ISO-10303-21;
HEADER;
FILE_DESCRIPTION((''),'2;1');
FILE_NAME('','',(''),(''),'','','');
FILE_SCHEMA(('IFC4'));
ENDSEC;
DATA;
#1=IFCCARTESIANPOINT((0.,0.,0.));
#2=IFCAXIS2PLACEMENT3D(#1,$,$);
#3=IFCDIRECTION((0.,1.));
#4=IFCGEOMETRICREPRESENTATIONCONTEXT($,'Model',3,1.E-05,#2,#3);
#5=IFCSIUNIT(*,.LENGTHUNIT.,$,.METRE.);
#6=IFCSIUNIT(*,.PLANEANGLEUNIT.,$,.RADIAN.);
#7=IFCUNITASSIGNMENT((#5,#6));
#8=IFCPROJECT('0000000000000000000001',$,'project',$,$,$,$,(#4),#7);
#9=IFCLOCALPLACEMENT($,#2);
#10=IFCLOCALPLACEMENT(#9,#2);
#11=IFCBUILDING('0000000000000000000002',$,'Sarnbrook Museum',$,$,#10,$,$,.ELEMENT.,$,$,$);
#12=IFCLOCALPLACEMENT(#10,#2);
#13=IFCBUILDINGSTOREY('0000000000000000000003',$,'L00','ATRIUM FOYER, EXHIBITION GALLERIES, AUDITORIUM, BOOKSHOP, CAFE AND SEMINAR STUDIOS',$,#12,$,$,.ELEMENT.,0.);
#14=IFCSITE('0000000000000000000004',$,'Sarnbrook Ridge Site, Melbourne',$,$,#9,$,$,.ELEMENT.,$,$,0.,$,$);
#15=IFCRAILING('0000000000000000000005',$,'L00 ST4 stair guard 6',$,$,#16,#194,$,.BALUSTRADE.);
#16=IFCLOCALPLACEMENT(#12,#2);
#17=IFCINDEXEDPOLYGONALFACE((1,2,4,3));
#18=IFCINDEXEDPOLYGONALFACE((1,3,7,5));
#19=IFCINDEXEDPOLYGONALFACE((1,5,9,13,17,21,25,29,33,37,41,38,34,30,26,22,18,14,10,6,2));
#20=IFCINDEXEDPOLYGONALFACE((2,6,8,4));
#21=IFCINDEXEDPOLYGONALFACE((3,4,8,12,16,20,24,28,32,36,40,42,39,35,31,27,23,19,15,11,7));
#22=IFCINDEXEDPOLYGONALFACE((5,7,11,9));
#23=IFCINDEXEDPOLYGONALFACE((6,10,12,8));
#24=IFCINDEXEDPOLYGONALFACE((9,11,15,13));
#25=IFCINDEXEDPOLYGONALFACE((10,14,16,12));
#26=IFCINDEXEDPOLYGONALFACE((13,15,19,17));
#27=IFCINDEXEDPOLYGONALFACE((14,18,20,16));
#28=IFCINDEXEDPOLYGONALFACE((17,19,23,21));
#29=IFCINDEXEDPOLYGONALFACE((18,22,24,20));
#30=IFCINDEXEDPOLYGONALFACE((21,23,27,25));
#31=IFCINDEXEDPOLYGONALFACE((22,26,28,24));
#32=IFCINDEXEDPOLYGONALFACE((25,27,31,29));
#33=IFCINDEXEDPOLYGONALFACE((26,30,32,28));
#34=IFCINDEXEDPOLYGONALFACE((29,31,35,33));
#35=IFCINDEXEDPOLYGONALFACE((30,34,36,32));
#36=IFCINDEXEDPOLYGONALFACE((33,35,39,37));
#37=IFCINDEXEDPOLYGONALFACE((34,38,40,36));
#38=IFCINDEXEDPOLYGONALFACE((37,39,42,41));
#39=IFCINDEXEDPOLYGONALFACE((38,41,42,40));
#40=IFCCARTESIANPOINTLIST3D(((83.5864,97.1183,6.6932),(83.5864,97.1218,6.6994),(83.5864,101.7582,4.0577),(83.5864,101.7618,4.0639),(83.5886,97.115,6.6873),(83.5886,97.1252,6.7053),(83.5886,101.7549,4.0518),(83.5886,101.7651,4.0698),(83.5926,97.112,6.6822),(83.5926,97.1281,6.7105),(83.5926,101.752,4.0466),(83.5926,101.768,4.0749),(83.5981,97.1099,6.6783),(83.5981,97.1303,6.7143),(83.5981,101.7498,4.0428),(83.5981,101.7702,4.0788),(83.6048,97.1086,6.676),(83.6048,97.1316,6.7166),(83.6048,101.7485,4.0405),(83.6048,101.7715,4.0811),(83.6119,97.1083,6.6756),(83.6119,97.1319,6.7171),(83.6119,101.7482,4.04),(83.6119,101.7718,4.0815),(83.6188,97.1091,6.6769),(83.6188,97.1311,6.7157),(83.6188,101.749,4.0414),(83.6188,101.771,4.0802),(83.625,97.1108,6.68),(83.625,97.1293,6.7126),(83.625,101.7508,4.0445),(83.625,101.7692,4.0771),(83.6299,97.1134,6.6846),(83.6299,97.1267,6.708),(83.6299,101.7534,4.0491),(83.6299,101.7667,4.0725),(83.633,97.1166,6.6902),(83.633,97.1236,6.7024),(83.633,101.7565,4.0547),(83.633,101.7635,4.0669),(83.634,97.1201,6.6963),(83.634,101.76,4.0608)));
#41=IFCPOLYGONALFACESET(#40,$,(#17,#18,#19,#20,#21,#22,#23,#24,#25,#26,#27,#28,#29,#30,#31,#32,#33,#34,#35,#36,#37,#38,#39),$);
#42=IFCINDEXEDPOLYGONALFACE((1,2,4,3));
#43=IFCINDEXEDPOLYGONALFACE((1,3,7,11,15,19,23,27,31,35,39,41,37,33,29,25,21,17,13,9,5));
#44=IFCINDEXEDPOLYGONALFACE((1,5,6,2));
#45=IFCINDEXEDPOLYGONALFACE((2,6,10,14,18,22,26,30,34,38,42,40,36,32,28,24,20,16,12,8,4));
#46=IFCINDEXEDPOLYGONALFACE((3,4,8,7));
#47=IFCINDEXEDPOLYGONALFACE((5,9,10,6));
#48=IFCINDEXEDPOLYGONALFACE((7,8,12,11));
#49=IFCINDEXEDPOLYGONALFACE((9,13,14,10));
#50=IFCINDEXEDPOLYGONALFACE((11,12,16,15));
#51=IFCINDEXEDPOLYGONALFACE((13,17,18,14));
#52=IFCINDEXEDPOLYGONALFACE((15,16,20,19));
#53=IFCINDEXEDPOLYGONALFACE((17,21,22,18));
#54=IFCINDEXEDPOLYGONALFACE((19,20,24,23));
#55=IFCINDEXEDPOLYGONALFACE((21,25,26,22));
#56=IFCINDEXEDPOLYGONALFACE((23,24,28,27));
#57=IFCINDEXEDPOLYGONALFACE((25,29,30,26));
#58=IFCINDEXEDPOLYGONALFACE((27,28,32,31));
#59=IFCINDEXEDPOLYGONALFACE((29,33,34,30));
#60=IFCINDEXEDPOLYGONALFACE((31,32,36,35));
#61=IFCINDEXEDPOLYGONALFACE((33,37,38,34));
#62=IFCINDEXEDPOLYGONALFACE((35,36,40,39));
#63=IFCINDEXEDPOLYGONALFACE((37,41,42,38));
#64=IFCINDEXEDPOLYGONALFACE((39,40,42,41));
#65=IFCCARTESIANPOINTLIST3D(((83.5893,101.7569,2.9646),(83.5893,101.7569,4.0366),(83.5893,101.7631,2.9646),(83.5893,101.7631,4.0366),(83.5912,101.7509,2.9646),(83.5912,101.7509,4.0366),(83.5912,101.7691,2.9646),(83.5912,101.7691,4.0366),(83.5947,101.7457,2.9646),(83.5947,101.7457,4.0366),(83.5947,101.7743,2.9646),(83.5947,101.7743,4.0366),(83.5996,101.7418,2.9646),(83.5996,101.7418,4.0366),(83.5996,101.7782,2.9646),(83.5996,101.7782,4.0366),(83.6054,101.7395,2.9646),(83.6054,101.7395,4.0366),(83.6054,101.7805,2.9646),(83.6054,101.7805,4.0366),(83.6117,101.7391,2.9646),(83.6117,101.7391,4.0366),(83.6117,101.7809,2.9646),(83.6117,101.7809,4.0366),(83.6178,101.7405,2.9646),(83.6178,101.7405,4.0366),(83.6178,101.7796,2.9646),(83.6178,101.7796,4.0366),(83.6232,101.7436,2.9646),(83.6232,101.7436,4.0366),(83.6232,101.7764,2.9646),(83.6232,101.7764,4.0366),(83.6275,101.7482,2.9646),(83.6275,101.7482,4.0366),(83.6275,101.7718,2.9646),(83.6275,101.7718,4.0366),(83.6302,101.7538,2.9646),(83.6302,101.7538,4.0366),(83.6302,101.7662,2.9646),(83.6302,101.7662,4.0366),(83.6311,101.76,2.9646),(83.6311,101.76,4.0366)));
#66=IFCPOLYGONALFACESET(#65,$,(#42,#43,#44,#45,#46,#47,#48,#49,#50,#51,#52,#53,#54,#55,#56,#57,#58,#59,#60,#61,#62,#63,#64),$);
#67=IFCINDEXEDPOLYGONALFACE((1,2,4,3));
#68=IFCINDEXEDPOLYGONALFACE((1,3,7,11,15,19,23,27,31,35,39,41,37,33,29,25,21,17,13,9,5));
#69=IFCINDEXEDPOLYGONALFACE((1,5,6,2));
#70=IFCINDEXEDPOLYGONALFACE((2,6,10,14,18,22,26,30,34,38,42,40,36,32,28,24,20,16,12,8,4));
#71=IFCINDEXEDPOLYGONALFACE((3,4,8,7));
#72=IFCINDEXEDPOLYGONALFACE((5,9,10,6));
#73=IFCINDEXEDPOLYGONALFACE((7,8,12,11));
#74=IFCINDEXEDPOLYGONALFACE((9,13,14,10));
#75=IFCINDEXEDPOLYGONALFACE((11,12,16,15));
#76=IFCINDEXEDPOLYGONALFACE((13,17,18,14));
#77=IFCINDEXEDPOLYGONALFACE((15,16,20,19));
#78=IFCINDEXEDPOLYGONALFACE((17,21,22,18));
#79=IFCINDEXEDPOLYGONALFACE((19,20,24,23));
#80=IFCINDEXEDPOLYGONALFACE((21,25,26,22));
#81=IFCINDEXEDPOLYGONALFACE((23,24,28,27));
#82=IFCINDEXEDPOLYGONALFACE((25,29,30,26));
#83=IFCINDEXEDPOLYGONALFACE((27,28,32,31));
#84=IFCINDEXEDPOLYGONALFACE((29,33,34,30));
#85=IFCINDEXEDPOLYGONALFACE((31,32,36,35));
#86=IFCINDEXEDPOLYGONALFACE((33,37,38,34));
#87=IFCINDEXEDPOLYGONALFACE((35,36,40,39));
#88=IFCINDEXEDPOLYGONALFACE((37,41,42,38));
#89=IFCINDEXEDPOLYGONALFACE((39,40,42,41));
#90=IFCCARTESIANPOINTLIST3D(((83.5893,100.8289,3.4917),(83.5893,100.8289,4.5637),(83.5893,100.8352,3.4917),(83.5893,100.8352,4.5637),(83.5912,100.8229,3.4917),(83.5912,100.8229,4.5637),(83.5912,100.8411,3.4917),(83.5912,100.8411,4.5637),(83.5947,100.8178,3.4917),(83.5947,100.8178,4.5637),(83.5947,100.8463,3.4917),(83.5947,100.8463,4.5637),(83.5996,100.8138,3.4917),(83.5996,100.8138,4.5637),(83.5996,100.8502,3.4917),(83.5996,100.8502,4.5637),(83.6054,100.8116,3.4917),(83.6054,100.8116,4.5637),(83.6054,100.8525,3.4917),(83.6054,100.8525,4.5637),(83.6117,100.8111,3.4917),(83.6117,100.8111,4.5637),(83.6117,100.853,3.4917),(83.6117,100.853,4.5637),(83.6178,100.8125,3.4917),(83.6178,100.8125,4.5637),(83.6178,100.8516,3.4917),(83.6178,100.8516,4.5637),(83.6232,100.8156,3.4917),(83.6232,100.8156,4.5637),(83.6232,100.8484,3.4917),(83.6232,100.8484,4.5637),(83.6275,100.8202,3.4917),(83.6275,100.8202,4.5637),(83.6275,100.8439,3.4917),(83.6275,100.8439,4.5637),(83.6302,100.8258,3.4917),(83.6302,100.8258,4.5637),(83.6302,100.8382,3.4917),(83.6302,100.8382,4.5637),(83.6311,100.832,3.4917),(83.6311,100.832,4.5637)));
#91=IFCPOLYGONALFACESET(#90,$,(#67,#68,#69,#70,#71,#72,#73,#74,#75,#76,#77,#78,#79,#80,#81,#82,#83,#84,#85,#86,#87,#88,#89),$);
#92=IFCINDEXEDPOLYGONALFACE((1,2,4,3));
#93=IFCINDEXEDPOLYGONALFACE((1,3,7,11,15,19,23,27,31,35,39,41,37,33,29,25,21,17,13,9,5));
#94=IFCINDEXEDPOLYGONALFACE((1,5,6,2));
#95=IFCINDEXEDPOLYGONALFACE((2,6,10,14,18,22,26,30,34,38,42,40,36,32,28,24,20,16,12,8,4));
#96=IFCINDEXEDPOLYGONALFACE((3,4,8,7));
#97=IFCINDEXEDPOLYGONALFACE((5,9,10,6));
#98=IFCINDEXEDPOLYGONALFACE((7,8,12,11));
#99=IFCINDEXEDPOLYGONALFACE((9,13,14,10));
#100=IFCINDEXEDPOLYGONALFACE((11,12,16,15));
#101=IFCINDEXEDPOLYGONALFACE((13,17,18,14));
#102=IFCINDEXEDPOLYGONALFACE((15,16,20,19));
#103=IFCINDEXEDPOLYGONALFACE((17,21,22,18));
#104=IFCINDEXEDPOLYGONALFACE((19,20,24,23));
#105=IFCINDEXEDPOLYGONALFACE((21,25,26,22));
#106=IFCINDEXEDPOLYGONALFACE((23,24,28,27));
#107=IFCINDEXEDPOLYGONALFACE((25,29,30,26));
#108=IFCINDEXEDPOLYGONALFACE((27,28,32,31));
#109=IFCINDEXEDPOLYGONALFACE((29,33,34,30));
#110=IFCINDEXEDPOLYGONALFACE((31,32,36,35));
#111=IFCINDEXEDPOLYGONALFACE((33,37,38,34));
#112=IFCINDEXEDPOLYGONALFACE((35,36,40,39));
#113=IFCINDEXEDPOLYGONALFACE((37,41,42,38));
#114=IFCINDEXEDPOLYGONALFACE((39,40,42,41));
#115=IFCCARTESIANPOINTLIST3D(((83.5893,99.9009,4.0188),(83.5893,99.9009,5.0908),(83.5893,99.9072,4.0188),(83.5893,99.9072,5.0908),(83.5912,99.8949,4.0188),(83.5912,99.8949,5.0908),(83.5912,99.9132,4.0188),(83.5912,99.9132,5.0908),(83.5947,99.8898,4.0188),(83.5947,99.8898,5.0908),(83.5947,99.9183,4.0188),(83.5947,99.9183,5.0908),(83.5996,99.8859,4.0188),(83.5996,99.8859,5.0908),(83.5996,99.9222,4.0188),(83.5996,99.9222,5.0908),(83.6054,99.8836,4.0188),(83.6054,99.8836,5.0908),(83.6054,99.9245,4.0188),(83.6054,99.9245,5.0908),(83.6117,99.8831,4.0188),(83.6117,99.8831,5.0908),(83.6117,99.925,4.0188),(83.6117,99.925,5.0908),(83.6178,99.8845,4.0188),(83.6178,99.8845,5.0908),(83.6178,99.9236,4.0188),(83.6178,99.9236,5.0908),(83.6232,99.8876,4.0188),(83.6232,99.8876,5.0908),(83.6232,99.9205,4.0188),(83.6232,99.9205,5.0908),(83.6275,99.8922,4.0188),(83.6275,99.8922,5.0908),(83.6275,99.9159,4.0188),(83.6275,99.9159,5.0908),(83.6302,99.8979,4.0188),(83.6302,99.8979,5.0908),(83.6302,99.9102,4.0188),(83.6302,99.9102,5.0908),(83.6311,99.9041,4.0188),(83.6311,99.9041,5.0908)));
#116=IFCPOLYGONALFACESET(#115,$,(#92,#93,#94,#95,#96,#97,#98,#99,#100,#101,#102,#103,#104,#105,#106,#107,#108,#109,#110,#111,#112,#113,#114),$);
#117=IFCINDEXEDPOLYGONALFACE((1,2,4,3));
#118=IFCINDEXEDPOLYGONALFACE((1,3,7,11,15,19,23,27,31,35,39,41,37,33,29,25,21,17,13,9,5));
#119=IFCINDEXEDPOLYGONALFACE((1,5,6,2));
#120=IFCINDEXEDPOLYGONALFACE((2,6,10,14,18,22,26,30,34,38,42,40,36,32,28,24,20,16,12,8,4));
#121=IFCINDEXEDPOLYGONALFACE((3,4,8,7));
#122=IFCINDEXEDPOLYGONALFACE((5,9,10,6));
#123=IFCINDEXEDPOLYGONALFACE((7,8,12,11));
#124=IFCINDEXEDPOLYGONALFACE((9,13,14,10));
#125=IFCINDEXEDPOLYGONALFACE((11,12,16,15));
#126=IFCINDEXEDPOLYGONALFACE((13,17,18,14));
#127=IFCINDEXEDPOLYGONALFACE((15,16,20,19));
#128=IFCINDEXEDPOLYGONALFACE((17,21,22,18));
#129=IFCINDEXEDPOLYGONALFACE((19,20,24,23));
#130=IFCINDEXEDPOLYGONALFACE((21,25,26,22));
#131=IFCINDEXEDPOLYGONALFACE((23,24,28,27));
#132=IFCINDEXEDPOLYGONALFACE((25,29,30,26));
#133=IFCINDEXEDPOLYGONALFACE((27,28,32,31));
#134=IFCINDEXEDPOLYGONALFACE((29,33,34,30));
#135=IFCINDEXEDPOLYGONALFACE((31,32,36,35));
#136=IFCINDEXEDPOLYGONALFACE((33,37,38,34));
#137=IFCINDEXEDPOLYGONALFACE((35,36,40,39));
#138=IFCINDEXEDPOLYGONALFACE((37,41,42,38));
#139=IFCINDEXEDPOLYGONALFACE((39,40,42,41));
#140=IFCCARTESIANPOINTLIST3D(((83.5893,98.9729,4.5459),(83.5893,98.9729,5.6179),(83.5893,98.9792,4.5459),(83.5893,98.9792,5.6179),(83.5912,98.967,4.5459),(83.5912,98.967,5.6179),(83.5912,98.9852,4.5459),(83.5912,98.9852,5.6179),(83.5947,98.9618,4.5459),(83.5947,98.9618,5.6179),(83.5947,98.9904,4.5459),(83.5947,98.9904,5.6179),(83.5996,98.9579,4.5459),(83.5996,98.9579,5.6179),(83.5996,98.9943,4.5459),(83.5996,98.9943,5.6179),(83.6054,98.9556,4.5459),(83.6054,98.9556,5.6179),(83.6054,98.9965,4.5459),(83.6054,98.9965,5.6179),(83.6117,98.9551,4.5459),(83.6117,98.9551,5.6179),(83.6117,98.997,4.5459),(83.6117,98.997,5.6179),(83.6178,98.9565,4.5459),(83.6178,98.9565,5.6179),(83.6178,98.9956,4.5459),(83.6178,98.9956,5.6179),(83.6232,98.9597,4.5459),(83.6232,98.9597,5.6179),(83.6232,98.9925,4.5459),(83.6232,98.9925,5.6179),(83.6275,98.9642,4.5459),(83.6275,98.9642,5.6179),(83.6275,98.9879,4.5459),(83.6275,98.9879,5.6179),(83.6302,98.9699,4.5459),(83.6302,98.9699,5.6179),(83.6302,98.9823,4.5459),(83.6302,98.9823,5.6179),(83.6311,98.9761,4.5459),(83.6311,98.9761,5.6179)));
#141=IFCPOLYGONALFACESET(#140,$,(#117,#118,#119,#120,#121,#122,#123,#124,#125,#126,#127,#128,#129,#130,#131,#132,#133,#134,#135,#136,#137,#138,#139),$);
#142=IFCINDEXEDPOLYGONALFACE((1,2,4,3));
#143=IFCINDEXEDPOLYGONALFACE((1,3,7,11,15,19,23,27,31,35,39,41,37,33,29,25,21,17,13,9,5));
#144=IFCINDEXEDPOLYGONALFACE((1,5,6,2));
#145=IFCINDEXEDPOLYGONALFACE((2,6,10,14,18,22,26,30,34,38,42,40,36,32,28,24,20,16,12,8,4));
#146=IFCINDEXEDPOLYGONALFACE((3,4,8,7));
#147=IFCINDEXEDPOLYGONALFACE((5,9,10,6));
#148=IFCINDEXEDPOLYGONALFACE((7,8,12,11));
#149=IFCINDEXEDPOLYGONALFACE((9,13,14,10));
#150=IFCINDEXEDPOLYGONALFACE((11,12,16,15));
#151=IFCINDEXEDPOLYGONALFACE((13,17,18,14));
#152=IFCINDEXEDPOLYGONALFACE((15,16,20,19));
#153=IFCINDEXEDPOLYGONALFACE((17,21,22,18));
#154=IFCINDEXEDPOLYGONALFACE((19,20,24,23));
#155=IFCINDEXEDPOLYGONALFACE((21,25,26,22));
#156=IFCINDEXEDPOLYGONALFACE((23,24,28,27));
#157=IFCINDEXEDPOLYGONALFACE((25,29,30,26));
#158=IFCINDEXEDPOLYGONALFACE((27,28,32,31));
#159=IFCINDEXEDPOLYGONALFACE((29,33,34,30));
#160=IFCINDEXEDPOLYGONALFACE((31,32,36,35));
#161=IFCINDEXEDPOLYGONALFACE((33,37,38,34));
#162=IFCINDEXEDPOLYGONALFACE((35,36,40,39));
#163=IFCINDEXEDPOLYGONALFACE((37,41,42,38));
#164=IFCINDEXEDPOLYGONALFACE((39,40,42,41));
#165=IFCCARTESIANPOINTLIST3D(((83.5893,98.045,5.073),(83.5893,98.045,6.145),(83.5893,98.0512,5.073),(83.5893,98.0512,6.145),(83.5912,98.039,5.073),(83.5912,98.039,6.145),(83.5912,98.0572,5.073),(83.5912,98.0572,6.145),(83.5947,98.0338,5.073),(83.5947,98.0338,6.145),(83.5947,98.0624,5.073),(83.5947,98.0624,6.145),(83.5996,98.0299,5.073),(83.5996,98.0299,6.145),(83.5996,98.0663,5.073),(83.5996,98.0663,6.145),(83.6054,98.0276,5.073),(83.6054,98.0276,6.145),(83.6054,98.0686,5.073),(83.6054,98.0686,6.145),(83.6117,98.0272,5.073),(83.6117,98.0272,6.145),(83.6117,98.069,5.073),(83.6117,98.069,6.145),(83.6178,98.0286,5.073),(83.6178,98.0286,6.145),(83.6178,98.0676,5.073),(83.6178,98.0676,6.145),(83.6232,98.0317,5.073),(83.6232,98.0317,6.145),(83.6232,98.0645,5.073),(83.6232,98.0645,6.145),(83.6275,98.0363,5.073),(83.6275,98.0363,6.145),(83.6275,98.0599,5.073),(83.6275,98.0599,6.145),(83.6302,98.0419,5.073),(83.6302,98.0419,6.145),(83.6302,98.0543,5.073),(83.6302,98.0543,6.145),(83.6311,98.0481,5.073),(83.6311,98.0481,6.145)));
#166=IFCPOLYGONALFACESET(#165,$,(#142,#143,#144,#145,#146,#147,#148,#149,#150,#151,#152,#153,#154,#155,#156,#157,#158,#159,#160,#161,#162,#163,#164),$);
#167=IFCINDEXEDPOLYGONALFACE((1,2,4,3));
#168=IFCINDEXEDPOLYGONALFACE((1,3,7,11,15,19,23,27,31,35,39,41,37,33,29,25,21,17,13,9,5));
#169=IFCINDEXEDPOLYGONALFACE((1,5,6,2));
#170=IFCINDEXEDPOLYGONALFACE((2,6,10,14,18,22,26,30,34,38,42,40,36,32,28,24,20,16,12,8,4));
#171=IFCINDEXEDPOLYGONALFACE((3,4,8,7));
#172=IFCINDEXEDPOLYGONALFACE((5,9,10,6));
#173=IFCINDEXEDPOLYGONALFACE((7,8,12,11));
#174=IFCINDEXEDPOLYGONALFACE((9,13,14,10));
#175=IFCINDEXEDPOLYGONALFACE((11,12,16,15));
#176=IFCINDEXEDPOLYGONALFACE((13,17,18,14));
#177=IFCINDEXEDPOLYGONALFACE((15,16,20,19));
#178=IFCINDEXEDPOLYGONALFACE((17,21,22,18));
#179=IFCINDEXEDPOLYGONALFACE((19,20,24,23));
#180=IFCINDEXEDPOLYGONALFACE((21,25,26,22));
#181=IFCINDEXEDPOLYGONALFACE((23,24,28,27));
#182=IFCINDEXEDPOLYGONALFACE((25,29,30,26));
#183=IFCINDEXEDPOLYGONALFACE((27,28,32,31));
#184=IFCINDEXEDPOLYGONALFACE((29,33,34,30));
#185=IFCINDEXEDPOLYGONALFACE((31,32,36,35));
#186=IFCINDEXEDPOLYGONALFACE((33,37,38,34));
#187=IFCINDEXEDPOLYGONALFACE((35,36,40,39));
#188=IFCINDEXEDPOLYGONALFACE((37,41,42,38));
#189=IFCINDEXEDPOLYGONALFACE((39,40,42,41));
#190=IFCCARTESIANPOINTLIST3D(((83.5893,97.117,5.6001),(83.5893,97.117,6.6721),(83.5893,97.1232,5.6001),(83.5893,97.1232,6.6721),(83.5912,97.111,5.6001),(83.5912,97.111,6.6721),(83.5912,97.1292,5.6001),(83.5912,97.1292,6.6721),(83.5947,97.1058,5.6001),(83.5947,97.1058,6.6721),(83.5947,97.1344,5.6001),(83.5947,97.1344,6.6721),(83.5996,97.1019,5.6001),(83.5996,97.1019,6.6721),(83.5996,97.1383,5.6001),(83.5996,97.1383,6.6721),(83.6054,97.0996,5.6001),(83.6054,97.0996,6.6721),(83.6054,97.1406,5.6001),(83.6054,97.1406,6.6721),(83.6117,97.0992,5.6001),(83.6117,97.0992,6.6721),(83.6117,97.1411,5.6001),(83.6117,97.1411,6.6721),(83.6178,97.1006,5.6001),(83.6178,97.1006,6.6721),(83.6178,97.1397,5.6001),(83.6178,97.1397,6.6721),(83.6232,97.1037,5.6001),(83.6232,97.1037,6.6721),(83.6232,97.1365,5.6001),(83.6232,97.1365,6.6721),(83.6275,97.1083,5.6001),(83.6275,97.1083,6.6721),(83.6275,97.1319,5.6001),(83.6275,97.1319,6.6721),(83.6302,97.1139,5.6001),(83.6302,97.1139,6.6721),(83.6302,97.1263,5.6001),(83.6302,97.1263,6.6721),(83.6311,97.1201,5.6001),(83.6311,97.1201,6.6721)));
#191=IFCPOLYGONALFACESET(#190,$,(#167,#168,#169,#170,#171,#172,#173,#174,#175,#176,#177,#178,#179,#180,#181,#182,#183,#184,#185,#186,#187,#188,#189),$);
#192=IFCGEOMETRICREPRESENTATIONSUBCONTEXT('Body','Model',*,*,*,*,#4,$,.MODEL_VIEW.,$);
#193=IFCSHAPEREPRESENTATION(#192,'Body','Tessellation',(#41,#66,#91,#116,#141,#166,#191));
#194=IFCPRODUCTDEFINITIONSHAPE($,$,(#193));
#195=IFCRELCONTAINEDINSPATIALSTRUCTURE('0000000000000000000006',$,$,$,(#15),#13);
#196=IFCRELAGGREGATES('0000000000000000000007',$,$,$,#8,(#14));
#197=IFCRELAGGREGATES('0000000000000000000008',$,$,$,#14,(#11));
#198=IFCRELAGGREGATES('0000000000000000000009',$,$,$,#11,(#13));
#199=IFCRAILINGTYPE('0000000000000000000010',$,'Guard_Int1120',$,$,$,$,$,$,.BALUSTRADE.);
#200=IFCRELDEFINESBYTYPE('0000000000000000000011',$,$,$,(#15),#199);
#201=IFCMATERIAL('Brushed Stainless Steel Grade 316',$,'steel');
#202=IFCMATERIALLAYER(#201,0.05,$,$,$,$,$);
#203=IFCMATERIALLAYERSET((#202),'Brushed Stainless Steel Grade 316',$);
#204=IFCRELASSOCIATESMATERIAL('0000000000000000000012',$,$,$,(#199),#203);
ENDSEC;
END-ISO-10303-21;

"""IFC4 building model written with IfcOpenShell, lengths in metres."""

from ifc_helpers import new_model, si_unit, direction, frame, origin, origin_2d, place, context, subcontext, project, spatial, circle, extrude, material, layer, layer_set, type_object, element, save


model = new_model("IFC4")

# Units and contexts
model_context = context("Model", 3, precision=1e-05, world=origin(), true_north=direction((0.0, 1.0)))
body_context = subcontext(model_context, "Body", "Model", "MODEL_VIEW")
ifc_project = project(units=[si_unit("LENGTHUNIT", "METRE"), si_unit("PLANEANGLEUNIT", "RADIAN")], contexts=[model_context])

# Site, building, storey
site_placement = place(None, origin())
site = spatial("IfcSite", under=ifc_project, at=site_placement, Name="Sarnbrook Ridge Site, Melbourne", CompositionType="ELEMENT", RefElevation=0.0)
building_placement = place(site_placement, origin())
building = spatial("IfcBuilding", under=site, at=building_placement, Name="Sarnbrook Museum", CompositionType="ELEMENT")
storey_placement = place(building_placement, origin())
storey = spatial("IfcBuildingStorey", under=building, at=storey_placement, Name="L00", Description="ATRIUM FOYER, EXHIBITION GALLERIES, AUDITORIUM, BOOKSHOP, CAFE AND SEMINAR STUDIOS", CompositionType="ELEMENT", Elevation=0.0)

# Shared definitions
ifc_material_1 = material(Name="Brushed Stainless Steel Grade 316", Category="steel")

# Railing
ifc_layer_1 = layer(ifc_material_1, 0.05)
ifc_layer_set_1 = layer_set([ifc_layer_1], Name="Brushed Stainless Steel Grade 316")
railing_type_1 = type_object("IfcRailingType", Name="Guard_Int1120", PredefinedType="BALUSTRADE", material=ifc_layer_set_1)
railing_1_placement = place(storey_placement, frame((83.6101, 101.76, 2.9646)))
element("IfcRailing", 1, at=railing_1_placement, inside=storey, type_object=railing_type_1, Name="L00 ST4 stair guard 6", PredefinedType="BALUSTRADE", context=body_context, shape_type="SweptSolid", body=[
    extrude(circle(Radius=0.0239, at=origin_2d()), frame((0.0, 0.0, 1.0962), z_axis=(0.0, -0.869521, 0.493895), x_axis=(1.0, 0.0, 0.0)), (0.0, 0.0, 1.0), 5.3362),
    extrude(circle(Radius=0.021, at=origin_2d()), origin(), (0.0, 0.0, 1.0), 1.072),
    extrude(circle(Radius=0.021, at=origin_2d()), frame((0.0, -0.928, 0.5271)), (0.0, 0.0, 1.0), 1.072),
    extrude(circle(Radius=0.021, at=origin_2d()), frame((0.0, -1.856, 1.0542)), (0.0, 0.0, 1.0), 1.072),
    extrude(circle(Radius=0.021, at=origin_2d()), frame((0.0, -2.7839, 1.5813)), (0.0, 0.0, 1.0), 1.072),
    extrude(circle(Radius=0.021, at=origin_2d()), frame((0.0, -3.7119, 2.1084)), (0.0, 0.0, 1.0), 1.072),
    extrude(circle(Radius=0.021, at=origin_2d()), frame((0.0, -4.6399, 2.6355)), (0.0, 0.0, 1.0), 1.072),
])

save(model, "model.ifc")
